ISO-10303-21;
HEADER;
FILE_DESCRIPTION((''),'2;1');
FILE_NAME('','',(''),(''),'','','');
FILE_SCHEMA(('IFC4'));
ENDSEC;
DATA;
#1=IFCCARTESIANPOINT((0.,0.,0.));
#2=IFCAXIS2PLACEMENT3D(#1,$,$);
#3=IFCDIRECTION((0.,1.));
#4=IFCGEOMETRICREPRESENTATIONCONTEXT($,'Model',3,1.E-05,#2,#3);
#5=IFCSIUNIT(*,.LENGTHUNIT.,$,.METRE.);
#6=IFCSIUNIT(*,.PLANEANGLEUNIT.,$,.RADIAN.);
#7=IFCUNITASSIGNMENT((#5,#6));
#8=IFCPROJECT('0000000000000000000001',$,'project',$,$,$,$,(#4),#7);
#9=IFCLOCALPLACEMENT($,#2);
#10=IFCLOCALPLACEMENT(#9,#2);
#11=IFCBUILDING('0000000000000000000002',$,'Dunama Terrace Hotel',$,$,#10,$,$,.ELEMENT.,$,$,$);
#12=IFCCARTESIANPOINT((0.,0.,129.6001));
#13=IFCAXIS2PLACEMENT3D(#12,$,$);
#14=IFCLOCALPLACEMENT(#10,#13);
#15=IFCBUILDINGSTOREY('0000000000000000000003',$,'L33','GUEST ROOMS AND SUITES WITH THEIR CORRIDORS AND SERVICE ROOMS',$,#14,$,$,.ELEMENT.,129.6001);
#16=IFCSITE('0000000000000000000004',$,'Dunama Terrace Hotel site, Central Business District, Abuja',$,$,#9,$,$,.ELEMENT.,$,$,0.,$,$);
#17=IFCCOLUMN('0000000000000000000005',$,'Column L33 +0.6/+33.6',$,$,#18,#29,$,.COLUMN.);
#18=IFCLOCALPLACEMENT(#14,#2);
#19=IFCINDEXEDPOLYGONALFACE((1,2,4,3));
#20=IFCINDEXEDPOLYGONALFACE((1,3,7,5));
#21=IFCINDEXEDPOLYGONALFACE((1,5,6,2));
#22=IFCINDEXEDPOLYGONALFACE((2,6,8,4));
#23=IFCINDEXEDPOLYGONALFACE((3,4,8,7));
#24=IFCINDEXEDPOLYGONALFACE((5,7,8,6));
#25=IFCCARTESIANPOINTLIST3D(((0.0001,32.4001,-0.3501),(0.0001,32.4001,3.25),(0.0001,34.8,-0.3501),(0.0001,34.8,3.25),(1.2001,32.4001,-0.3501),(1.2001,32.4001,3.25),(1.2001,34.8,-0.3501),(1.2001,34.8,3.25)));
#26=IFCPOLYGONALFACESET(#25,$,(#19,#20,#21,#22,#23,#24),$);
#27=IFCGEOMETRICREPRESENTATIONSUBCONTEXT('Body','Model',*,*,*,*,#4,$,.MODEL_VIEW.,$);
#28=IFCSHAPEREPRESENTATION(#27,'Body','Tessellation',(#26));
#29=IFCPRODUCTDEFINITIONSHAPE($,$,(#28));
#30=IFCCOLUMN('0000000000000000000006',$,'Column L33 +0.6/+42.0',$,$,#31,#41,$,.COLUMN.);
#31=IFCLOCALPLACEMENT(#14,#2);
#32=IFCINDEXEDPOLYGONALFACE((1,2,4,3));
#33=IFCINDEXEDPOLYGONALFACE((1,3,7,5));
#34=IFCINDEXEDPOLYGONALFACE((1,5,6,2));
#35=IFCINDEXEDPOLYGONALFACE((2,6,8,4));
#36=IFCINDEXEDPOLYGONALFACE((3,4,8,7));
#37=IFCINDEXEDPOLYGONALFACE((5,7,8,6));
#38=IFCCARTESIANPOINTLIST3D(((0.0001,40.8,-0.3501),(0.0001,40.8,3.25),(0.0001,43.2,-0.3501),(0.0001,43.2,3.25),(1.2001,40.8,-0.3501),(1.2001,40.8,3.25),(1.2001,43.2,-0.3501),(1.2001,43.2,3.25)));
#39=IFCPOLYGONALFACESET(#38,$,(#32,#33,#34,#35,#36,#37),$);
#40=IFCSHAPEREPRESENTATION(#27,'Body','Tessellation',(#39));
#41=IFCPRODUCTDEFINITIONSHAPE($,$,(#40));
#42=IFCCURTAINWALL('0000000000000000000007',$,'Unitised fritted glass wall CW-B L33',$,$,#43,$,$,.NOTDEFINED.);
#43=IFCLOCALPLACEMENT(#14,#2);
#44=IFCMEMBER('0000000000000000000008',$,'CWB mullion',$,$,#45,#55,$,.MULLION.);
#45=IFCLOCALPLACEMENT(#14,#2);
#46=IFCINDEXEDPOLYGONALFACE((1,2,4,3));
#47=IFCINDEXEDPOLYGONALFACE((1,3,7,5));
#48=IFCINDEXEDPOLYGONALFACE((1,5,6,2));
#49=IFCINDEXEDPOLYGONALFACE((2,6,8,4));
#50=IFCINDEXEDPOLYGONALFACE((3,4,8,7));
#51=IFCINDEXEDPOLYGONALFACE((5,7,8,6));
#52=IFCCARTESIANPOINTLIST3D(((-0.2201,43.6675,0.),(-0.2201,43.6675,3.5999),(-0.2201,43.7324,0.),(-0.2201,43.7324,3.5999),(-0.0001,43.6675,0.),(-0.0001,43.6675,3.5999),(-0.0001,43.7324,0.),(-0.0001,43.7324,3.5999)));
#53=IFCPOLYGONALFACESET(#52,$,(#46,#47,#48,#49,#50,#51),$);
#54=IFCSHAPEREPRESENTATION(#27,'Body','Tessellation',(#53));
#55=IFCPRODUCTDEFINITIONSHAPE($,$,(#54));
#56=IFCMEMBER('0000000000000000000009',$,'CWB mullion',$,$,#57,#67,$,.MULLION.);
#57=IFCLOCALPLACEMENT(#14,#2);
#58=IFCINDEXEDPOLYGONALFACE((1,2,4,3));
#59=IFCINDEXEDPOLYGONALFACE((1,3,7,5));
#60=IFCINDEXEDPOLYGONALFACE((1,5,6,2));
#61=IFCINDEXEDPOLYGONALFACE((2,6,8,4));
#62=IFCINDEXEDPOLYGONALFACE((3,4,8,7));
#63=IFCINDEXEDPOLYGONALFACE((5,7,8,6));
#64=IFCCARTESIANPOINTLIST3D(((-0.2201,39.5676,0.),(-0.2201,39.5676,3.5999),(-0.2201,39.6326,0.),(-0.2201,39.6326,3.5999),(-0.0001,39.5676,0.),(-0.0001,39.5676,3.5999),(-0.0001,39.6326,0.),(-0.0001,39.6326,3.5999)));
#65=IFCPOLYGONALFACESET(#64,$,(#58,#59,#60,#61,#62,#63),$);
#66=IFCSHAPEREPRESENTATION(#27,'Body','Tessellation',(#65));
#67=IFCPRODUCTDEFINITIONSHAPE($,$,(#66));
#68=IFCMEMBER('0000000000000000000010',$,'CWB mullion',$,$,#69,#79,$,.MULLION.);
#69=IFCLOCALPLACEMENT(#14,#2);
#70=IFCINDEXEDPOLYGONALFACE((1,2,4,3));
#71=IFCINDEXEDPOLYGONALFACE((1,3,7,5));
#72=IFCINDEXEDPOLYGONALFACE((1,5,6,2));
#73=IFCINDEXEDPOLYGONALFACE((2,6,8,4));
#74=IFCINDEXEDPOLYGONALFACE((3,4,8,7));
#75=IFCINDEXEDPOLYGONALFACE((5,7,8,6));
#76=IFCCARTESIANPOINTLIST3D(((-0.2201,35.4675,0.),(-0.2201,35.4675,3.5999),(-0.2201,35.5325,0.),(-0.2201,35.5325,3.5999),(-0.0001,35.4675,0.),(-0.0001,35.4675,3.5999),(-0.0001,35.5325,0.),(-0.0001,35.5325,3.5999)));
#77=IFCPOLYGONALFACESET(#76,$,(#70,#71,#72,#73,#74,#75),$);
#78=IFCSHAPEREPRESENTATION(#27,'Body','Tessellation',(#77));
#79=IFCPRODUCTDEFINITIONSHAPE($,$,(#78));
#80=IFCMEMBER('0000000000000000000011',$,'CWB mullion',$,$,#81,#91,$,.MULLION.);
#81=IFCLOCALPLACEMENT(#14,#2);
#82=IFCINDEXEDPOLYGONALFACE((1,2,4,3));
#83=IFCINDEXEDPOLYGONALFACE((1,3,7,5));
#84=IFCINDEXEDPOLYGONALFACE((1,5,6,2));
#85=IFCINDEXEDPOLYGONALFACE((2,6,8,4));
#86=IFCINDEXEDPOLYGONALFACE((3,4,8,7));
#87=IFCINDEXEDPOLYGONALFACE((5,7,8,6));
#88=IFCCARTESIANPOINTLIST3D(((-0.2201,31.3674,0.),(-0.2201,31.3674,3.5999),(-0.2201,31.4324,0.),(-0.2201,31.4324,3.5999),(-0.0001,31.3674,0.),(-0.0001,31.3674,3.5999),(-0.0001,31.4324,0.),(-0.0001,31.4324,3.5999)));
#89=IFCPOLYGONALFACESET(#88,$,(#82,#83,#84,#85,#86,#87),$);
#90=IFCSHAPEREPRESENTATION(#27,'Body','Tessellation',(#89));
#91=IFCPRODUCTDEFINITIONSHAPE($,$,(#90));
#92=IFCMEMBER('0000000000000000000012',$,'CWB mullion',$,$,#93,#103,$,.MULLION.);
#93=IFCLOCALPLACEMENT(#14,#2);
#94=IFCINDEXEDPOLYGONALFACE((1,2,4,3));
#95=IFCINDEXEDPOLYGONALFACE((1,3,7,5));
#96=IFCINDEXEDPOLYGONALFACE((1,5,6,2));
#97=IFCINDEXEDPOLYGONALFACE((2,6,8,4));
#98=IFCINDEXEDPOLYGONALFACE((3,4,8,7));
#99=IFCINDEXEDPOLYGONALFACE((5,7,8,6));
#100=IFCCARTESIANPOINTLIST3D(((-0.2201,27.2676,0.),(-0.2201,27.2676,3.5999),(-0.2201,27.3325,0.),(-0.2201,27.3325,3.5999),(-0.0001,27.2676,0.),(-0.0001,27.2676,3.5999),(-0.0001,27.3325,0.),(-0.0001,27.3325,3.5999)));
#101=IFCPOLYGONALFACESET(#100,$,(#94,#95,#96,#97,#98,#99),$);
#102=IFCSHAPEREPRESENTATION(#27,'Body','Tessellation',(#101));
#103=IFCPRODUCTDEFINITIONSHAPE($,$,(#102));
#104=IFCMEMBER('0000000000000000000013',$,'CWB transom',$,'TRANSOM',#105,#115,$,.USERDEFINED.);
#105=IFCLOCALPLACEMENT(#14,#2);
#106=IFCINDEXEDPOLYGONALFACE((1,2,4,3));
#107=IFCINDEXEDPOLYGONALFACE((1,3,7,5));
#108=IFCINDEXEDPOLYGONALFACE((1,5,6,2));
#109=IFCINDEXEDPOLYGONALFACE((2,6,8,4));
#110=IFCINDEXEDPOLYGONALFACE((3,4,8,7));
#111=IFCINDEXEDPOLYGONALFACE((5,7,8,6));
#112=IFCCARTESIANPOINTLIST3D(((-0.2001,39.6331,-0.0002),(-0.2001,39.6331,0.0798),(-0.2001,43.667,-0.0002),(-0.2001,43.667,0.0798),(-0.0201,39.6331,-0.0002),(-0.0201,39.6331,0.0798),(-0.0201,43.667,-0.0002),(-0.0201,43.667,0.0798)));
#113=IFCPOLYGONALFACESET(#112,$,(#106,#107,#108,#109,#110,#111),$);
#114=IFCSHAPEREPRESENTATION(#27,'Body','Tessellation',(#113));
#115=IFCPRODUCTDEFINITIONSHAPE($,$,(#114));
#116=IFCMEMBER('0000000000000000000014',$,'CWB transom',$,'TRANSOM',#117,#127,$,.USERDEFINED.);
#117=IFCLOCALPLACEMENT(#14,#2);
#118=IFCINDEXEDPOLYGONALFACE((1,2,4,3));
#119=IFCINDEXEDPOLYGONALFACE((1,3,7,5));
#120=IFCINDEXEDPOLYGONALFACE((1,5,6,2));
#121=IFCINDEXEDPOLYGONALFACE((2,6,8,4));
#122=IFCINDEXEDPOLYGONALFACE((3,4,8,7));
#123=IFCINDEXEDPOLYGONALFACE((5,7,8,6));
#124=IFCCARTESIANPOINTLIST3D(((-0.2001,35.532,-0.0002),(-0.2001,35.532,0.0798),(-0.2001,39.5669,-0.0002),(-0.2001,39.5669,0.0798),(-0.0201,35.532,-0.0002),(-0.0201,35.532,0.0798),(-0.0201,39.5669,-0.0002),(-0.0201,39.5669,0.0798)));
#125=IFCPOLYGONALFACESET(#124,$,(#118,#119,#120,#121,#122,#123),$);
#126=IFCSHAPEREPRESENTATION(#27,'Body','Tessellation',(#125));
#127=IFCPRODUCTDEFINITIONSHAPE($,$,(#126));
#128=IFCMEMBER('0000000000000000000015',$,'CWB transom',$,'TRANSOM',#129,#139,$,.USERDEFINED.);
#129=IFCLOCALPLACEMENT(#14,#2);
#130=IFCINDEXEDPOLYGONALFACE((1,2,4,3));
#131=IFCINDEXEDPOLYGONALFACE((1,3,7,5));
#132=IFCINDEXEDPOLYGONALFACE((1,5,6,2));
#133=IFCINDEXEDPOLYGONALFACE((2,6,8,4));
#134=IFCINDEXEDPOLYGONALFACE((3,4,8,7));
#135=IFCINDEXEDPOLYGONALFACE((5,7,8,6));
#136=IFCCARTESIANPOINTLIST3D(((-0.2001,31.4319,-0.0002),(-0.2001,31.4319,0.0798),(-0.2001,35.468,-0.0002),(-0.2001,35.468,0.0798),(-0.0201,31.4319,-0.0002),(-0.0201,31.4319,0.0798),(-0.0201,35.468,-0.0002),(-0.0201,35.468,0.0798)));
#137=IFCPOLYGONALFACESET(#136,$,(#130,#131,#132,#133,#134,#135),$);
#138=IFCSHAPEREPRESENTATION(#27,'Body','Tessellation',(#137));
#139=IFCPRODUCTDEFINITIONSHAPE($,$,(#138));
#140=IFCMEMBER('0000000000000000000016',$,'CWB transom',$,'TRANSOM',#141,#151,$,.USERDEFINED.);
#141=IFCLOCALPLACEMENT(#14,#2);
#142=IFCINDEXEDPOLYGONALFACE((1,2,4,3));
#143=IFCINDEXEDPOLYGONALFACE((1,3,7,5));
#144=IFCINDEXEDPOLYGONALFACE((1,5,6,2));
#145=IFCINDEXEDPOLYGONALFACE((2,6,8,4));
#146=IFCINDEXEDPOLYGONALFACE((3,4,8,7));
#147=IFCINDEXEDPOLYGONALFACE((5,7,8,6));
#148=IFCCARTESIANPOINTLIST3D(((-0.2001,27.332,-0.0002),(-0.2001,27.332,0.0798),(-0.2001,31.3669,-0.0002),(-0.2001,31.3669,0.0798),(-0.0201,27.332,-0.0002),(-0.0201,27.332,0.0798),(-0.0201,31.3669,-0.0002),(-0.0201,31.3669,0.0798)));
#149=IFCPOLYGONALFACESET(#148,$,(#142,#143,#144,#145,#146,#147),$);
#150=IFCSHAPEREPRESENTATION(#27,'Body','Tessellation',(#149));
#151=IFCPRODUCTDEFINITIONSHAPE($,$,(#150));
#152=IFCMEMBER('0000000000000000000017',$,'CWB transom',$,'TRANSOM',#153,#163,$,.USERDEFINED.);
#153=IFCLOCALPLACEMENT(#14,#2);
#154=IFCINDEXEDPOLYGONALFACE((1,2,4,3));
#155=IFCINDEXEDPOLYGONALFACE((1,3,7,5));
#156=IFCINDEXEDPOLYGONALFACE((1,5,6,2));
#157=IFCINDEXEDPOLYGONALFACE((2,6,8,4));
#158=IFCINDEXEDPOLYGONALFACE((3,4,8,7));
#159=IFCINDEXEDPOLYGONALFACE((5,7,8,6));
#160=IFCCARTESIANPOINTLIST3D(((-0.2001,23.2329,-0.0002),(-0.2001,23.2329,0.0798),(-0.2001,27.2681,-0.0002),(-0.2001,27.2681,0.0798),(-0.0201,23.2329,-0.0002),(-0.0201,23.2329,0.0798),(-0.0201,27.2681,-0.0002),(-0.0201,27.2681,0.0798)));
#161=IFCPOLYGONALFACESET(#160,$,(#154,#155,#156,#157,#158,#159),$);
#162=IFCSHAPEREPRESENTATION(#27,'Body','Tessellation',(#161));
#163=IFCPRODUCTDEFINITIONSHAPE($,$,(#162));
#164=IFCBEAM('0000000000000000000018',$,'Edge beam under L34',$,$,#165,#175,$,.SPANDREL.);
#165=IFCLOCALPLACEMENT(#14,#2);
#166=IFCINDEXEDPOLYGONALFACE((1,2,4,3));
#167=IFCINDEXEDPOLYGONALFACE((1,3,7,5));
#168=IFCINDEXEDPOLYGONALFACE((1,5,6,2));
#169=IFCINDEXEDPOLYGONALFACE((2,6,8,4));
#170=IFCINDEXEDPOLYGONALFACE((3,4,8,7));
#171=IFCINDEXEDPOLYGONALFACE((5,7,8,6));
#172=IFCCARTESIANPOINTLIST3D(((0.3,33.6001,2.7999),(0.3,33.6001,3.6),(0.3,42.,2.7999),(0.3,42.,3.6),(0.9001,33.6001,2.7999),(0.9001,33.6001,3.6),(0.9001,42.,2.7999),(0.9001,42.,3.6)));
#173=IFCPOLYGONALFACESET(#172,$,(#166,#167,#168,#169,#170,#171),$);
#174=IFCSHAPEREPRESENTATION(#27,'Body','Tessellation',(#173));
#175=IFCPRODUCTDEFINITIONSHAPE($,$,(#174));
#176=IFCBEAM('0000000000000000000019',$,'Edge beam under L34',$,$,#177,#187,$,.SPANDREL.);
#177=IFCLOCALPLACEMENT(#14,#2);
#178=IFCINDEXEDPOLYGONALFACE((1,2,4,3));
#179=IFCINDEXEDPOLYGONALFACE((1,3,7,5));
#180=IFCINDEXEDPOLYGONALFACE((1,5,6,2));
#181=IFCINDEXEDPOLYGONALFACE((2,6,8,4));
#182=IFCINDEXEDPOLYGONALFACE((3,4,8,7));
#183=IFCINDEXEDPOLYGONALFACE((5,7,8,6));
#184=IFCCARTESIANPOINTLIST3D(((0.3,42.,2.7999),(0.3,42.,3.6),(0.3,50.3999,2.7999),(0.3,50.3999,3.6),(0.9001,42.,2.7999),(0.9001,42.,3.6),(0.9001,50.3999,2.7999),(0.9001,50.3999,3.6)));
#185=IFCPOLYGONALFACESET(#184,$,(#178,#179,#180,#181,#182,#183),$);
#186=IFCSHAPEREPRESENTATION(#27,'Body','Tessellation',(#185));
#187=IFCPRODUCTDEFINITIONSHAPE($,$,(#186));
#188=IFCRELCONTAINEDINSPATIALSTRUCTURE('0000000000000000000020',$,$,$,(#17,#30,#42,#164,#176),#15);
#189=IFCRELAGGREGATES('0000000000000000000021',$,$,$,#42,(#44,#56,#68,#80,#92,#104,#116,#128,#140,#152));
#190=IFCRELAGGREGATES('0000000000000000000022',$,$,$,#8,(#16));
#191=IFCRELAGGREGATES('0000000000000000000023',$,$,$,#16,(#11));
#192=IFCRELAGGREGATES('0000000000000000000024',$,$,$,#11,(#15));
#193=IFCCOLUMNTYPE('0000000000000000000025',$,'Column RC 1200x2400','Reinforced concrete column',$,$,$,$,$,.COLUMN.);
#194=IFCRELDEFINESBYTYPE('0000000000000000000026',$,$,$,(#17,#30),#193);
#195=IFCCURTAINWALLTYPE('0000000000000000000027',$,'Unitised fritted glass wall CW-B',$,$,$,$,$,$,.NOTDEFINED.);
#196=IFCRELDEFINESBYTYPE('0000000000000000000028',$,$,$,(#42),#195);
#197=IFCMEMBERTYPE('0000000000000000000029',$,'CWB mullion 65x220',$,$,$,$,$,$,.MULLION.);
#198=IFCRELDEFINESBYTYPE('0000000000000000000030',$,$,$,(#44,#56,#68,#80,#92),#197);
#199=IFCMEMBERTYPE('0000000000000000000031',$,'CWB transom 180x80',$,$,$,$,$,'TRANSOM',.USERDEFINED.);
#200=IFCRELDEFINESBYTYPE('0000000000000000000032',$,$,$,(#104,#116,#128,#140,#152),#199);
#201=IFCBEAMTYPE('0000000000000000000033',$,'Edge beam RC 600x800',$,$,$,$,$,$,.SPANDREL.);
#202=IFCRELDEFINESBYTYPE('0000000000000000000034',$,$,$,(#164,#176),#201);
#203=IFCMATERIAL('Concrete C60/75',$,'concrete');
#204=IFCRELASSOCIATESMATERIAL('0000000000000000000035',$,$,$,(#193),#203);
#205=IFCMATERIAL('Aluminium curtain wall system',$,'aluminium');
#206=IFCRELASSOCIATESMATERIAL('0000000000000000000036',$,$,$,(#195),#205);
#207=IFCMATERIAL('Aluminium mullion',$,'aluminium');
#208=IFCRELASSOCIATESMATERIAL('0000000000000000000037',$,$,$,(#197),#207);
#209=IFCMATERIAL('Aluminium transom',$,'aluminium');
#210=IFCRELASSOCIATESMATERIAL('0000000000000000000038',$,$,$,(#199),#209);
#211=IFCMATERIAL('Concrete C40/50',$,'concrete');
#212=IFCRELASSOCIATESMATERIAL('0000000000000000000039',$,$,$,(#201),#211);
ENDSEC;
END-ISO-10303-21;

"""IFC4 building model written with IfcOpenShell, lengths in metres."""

from ifc_helpers import new_model, si_unit, direction, frame, origin, origin_2d, place, context, subcontext, project, spatial, rectangle, extrude, material, material_profile, profile_set, type_object, element, aggregate, save


model = new_model("IFC4")

# Units and contexts
model_context = context("Model", 3, precision=1e-05, world=origin(), true_north=direction((0.0, 1.0)))
body_context = subcontext(model_context, "Body", "Model", "MODEL_VIEW")
ifc_project = project(units=[si_unit("LENGTHUNIT", "METRE"), si_unit("PLANEANGLEUNIT", "RADIAN")], contexts=[model_context])

# Site, building, storey
site_placement = place(None, origin())
site = spatial("IfcSite", under=ifc_project, at=site_placement, Name="Dunama Terrace Hotel site, Central Business District, Abuja", CompositionType="ELEMENT", RefElevation=0.0)
building_placement = place(site_placement, origin())
building = spatial("IfcBuilding", under=site, at=building_placement, Name="Dunama Terrace Hotel", CompositionType="ELEMENT")
storey_placement = place(building_placement, frame((0.0, 0.0, 129.6001)))
storey = spatial("IfcBuildingStorey", under=building, at=storey_placement, Name="L33", Description="GUEST ROOMS AND SUITES WITH THEIR CORRIDORS AND SERVICE ROOMS", CompositionType="ELEMENT", Elevation=129.6001)

# Columns
ifc_material_1 = material(Name="Concrete C60/75", Category="concrete")
ifc_material_profile_1 = material_profile(ifc_material_1, rectangle(XDim=1.2, YDim=2.3999, at=origin_2d()), Name="RC 1200x2400")
ifc_profile_set_1 = profile_set([ifc_material_profile_1], Name="Concrete C60/75")
column_type = type_object("IfcColumnType", Name="Column RC 1200x2400", Description="Reinforced concrete column", PredefinedType="COLUMN", material=ifc_profile_set_1)
for number, where, z_axis, x_axis, name in (
    (1, (0.6001, 33.6001, -0.3501), (0.0, 0.0, 1.0), (1.0, 0.0, 0.0), "Column L33 +0.6/+33.6"),
    (2, (0.6001, 42.0, -0.3501), (0.0, 0.0, 1.0), (1.0, 0.0, 0.0), "Column L33 +0.6/+42.0"),
):
    element("IfcColumn", number, at=place(storey_placement, frame(where, z_axis=z_axis, x_axis=x_axis)), inside=storey, type_object=column_type, Name=name, PredefinedType="COLUMN", context=body_context, shape_type="SweptSolid", body=[
        extrude(rectangle(XDim=1.2, YDim=2.3999, at=origin_2d()), origin(), (0.0, 0.0, 1.0), 3.6001),
    ])

# Curtain wall, members
ifc_material_2 = material(Name="Aluminium curtain wall system", Category="aluminium")
curtain_wall_type = type_object("IfcCurtainWallType", Name="Unitised fritted glass wall CW-B", PredefinedType="NOTDEFINED", material=ifc_material_2)
curtain_wall_placement = place(storey_placement, origin())
curtain_wall = element("IfcCurtainWall", 3, at=curtain_wall_placement, inside=storey, type_object=curtain_wall_type, Name="Unitised fritted glass wall CW-B L33", PredefinedType="NOTDEFINED")
ifc_material_3 = material(Name="Aluminium mullion", Category="aluminium")
ifc_material_profile_2 = material_profile(ifc_material_3, rectangle(XDim=0.0649, YDim=0.22, at=origin_2d()), Name="CWB MULLION 65X220")
ifc_profile_set_2 = profile_set([ifc_material_profile_2], Name="Aluminium mullion")
member_type_1 = type_object("IfcMemberType", Name="CWB mullion 65x220", PredefinedType="MULLION", material=ifc_profile_set_2)
member_1_placement = place(storey_placement, frame((-0.1101, 43.7, 0.0), z_axis=(0.0, 0.0, 1.0), x_axis=(0.0, -1.0, 0.0)))
member_1 = element("IfcMember", 4, at=member_1_placement, type_object=member_type_1, Name="CWB mullion", PredefinedType="MULLION", context=body_context, shape_type="SweptSolid", body=[
    extrude(rectangle(XDim=0.0649, YDim=0.22, at=origin_2d()), origin(), (0.0, 0.0, 1.0), 3.5999),
])
member_2_placement = place(storey_placement, frame((-0.1101, 39.6001, 0.0), z_axis=(0.0, 0.0, 1.0), x_axis=(0.0, -1.0, 0.0)))
member_2 = element("IfcMember", 5, at=member_2_placement, type_object=member_type_1, Name="CWB mullion", PredefinedType="MULLION", context=body_context, shape_type="SweptSolid", body=[
    extrude(rectangle(XDim=0.0649, YDim=0.22, at=origin_2d()), origin(), (0.0, 0.0, 1.0), 3.5999),
])
member_3_placement = place(storey_placement, frame((-0.1101, 35.5, 0.0), z_axis=(0.0, 0.0, 1.0), x_axis=(0.0, -1.0, 0.0)))
member_3 = element("IfcMember", 6, at=member_3_placement, type_object=member_type_1, Name="CWB mullion", PredefinedType="MULLION", context=body_context, shape_type="SweptSolid", body=[
    extrude(rectangle(XDim=0.0649, YDim=0.22, at=origin_2d()), origin(), (0.0, 0.0, 1.0), 3.5999),
])
member_4_placement = place(storey_placement, frame((-0.1101, 31.3999, 0.0), z_axis=(0.0, 0.0, 1.0), x_axis=(0.0, -1.0, 0.0)))
member_4 = element("IfcMember", 7, at=member_4_placement, type_object=member_type_1, Name="CWB mullion", PredefinedType="MULLION", context=body_context, shape_type="SweptSolid", body=[
    extrude(rectangle(XDim=0.0649, YDim=0.22, at=origin_2d()), origin(), (0.0, 0.0, 1.0), 3.5999),
])
member_5_placement = place(storey_placement, frame((-0.1101, 27.3, 0.0), z_axis=(0.0, 0.0, 1.0), x_axis=(0.0, -1.0, 0.0)))
member_5 = element("IfcMember", 8, at=member_5_placement, type_object=member_type_1, Name="CWB mullion", PredefinedType="MULLION", context=body_context, shape_type="SweptSolid", body=[
    extrude(rectangle(XDim=0.0649, YDim=0.22, at=origin_2d()), origin(), (0.0, 0.0, 1.0), 3.5999),
])
ifc_material_4 = material(Name="Aluminium transom", Category="aluminium")
ifc_material_profile_3 = material_profile(ifc_material_4, rectangle(XDim=0.1799, YDim=0.0801, at=origin_2d()), Name="CWB TRANSOM 180X80")
ifc_profile_set_3 = profile_set([ifc_material_profile_3], Name="Aluminium transom")
member_type_2 = type_object("IfcMemberType", Name="CWB transom 180x80", ElementType="TRANSOM", PredefinedType="USERDEFINED", material=ifc_profile_set_3)
member_6_placement = place(storey_placement, frame((-0.1101, 43.667, 0.0398), z_axis=(0.0, -1.0, 0.0), x_axis=(1.0, 0.0, 0.0)))
member_6 = element("IfcMember", 9, at=member_6_placement, type_object=member_type_2, Name="CWB transom", ObjectType="TRANSOM", PredefinedType="USERDEFINED", context=body_context, shape_type="SweptSolid", body=[
    extrude(rectangle(XDim=0.1799, YDim=0.0801, at=origin_2d()), origin(), (0.0, 0.0, 1.0), 4.0339),
])
member_7_placement = place(storey_placement, frame((-0.1101, 39.5669, 0.0398), z_axis=(0.0, -1.0, 0.0), x_axis=(1.0, 0.0, 0.0)))
member_7 = element("IfcMember", 10, at=member_7_placement, type_object=member_type_2, Name="CWB transom", ObjectType="TRANSOM", PredefinedType="USERDEFINED", context=body_context, shape_type="SweptSolid", body=[
    extrude(rectangle(XDim=0.1799, YDim=0.0801, at=origin_2d()), origin(), (0.0, 0.0, 1.0), 4.0349),
])
member_8_placement = place(storey_placement, frame((-0.1101, 35.468, 0.0398), z_axis=(0.0, -1.0, 0.0), x_axis=(1.0, 0.0, 0.0)))
member_8 = element("IfcMember", 11, at=member_8_placement, type_object=member_type_2, Name="CWB transom", ObjectType="TRANSOM", PredefinedType="USERDEFINED", context=body_context, shape_type="SweptSolid", body=[
    extrude(rectangle(XDim=0.1799, YDim=0.0801, at=origin_2d()), origin(), (0.0, 0.0, 1.0), 4.0361),
])
member_9_placement = place(storey_placement, frame((-0.1101, 31.3669, 0.0398), z_axis=(0.0, -1.0, 0.0), x_axis=(1.0, 0.0, 0.0)))
member_9 = element("IfcMember", 12, at=member_9_placement, type_object=member_type_2, Name="CWB transom", ObjectType="TRANSOM", PredefinedType="USERDEFINED", context=body_context, shape_type="SweptSolid", body=[
    extrude(rectangle(XDim=0.1799, YDim=0.0801, at=origin_2d()), origin(), (0.0, 0.0, 1.0), 4.0349),
])
member_10_placement = place(storey_placement, frame((-0.1101, 27.2681, 0.0398), z_axis=(0.0, -1.0, 0.0), x_axis=(1.0, 0.0, 0.0)))
member_10 = element("IfcMember", 13, at=member_10_placement, type_object=member_type_2, Name="CWB transom", ObjectType="TRANSOM", PredefinedType="USERDEFINED", context=body_context, shape_type="SweptSolid", body=[
    extrude(rectangle(XDim=0.1799, YDim=0.0801, at=origin_2d()), origin(), (0.0, 0.0, 1.0), 4.0352),
])

# Beams
ifc_material_5 = material(Name="Concrete C40/50", Category="concrete")
ifc_material_profile_4 = material_profile(ifc_material_5, rectangle(XDim=0.6001, YDim=0.8, at=origin_2d()), Name="RC 600x800")
ifc_profile_set_4 = profile_set([ifc_material_profile_4], Name="Concrete C40/50")
beam_type = type_object("IfcBeamType", Name="Edge beam RC 600x800", PredefinedType="SPANDREL", material=ifc_profile_set_4)
for number, where, z_axis, x_axis, name in (
    (14, (0.6001, 33.6001, 3.2), (0.0, 1.0, 0.0), (-1.0, 0.0, 0.0), "Edge beam under L34"),
    (15, (0.6001, 42.0, 3.2), (0.0, 1.0, 0.0), (-1.0, 0.0, 0.0), "Edge beam under L34"),
):
    element("IfcBeam", number, at=place(storey_placement, frame(where, z_axis=z_axis, x_axis=x_axis)), inside=storey, type_object=beam_type, Name=name, PredefinedType="SPANDREL", context=body_context, shape_type="SweptSolid", body=[
        extrude(rectangle(XDim=0.6001, YDim=0.8, at=origin_2d()), origin(), (0.0, 0.0, 1.0), 8.3999),
    ])

aggregate(curtain_wall, [member_1, member_2, member_3, member_4, member_5, member_6, member_7, member_8, member_9, member_10])

save(model, "model.ifc")
